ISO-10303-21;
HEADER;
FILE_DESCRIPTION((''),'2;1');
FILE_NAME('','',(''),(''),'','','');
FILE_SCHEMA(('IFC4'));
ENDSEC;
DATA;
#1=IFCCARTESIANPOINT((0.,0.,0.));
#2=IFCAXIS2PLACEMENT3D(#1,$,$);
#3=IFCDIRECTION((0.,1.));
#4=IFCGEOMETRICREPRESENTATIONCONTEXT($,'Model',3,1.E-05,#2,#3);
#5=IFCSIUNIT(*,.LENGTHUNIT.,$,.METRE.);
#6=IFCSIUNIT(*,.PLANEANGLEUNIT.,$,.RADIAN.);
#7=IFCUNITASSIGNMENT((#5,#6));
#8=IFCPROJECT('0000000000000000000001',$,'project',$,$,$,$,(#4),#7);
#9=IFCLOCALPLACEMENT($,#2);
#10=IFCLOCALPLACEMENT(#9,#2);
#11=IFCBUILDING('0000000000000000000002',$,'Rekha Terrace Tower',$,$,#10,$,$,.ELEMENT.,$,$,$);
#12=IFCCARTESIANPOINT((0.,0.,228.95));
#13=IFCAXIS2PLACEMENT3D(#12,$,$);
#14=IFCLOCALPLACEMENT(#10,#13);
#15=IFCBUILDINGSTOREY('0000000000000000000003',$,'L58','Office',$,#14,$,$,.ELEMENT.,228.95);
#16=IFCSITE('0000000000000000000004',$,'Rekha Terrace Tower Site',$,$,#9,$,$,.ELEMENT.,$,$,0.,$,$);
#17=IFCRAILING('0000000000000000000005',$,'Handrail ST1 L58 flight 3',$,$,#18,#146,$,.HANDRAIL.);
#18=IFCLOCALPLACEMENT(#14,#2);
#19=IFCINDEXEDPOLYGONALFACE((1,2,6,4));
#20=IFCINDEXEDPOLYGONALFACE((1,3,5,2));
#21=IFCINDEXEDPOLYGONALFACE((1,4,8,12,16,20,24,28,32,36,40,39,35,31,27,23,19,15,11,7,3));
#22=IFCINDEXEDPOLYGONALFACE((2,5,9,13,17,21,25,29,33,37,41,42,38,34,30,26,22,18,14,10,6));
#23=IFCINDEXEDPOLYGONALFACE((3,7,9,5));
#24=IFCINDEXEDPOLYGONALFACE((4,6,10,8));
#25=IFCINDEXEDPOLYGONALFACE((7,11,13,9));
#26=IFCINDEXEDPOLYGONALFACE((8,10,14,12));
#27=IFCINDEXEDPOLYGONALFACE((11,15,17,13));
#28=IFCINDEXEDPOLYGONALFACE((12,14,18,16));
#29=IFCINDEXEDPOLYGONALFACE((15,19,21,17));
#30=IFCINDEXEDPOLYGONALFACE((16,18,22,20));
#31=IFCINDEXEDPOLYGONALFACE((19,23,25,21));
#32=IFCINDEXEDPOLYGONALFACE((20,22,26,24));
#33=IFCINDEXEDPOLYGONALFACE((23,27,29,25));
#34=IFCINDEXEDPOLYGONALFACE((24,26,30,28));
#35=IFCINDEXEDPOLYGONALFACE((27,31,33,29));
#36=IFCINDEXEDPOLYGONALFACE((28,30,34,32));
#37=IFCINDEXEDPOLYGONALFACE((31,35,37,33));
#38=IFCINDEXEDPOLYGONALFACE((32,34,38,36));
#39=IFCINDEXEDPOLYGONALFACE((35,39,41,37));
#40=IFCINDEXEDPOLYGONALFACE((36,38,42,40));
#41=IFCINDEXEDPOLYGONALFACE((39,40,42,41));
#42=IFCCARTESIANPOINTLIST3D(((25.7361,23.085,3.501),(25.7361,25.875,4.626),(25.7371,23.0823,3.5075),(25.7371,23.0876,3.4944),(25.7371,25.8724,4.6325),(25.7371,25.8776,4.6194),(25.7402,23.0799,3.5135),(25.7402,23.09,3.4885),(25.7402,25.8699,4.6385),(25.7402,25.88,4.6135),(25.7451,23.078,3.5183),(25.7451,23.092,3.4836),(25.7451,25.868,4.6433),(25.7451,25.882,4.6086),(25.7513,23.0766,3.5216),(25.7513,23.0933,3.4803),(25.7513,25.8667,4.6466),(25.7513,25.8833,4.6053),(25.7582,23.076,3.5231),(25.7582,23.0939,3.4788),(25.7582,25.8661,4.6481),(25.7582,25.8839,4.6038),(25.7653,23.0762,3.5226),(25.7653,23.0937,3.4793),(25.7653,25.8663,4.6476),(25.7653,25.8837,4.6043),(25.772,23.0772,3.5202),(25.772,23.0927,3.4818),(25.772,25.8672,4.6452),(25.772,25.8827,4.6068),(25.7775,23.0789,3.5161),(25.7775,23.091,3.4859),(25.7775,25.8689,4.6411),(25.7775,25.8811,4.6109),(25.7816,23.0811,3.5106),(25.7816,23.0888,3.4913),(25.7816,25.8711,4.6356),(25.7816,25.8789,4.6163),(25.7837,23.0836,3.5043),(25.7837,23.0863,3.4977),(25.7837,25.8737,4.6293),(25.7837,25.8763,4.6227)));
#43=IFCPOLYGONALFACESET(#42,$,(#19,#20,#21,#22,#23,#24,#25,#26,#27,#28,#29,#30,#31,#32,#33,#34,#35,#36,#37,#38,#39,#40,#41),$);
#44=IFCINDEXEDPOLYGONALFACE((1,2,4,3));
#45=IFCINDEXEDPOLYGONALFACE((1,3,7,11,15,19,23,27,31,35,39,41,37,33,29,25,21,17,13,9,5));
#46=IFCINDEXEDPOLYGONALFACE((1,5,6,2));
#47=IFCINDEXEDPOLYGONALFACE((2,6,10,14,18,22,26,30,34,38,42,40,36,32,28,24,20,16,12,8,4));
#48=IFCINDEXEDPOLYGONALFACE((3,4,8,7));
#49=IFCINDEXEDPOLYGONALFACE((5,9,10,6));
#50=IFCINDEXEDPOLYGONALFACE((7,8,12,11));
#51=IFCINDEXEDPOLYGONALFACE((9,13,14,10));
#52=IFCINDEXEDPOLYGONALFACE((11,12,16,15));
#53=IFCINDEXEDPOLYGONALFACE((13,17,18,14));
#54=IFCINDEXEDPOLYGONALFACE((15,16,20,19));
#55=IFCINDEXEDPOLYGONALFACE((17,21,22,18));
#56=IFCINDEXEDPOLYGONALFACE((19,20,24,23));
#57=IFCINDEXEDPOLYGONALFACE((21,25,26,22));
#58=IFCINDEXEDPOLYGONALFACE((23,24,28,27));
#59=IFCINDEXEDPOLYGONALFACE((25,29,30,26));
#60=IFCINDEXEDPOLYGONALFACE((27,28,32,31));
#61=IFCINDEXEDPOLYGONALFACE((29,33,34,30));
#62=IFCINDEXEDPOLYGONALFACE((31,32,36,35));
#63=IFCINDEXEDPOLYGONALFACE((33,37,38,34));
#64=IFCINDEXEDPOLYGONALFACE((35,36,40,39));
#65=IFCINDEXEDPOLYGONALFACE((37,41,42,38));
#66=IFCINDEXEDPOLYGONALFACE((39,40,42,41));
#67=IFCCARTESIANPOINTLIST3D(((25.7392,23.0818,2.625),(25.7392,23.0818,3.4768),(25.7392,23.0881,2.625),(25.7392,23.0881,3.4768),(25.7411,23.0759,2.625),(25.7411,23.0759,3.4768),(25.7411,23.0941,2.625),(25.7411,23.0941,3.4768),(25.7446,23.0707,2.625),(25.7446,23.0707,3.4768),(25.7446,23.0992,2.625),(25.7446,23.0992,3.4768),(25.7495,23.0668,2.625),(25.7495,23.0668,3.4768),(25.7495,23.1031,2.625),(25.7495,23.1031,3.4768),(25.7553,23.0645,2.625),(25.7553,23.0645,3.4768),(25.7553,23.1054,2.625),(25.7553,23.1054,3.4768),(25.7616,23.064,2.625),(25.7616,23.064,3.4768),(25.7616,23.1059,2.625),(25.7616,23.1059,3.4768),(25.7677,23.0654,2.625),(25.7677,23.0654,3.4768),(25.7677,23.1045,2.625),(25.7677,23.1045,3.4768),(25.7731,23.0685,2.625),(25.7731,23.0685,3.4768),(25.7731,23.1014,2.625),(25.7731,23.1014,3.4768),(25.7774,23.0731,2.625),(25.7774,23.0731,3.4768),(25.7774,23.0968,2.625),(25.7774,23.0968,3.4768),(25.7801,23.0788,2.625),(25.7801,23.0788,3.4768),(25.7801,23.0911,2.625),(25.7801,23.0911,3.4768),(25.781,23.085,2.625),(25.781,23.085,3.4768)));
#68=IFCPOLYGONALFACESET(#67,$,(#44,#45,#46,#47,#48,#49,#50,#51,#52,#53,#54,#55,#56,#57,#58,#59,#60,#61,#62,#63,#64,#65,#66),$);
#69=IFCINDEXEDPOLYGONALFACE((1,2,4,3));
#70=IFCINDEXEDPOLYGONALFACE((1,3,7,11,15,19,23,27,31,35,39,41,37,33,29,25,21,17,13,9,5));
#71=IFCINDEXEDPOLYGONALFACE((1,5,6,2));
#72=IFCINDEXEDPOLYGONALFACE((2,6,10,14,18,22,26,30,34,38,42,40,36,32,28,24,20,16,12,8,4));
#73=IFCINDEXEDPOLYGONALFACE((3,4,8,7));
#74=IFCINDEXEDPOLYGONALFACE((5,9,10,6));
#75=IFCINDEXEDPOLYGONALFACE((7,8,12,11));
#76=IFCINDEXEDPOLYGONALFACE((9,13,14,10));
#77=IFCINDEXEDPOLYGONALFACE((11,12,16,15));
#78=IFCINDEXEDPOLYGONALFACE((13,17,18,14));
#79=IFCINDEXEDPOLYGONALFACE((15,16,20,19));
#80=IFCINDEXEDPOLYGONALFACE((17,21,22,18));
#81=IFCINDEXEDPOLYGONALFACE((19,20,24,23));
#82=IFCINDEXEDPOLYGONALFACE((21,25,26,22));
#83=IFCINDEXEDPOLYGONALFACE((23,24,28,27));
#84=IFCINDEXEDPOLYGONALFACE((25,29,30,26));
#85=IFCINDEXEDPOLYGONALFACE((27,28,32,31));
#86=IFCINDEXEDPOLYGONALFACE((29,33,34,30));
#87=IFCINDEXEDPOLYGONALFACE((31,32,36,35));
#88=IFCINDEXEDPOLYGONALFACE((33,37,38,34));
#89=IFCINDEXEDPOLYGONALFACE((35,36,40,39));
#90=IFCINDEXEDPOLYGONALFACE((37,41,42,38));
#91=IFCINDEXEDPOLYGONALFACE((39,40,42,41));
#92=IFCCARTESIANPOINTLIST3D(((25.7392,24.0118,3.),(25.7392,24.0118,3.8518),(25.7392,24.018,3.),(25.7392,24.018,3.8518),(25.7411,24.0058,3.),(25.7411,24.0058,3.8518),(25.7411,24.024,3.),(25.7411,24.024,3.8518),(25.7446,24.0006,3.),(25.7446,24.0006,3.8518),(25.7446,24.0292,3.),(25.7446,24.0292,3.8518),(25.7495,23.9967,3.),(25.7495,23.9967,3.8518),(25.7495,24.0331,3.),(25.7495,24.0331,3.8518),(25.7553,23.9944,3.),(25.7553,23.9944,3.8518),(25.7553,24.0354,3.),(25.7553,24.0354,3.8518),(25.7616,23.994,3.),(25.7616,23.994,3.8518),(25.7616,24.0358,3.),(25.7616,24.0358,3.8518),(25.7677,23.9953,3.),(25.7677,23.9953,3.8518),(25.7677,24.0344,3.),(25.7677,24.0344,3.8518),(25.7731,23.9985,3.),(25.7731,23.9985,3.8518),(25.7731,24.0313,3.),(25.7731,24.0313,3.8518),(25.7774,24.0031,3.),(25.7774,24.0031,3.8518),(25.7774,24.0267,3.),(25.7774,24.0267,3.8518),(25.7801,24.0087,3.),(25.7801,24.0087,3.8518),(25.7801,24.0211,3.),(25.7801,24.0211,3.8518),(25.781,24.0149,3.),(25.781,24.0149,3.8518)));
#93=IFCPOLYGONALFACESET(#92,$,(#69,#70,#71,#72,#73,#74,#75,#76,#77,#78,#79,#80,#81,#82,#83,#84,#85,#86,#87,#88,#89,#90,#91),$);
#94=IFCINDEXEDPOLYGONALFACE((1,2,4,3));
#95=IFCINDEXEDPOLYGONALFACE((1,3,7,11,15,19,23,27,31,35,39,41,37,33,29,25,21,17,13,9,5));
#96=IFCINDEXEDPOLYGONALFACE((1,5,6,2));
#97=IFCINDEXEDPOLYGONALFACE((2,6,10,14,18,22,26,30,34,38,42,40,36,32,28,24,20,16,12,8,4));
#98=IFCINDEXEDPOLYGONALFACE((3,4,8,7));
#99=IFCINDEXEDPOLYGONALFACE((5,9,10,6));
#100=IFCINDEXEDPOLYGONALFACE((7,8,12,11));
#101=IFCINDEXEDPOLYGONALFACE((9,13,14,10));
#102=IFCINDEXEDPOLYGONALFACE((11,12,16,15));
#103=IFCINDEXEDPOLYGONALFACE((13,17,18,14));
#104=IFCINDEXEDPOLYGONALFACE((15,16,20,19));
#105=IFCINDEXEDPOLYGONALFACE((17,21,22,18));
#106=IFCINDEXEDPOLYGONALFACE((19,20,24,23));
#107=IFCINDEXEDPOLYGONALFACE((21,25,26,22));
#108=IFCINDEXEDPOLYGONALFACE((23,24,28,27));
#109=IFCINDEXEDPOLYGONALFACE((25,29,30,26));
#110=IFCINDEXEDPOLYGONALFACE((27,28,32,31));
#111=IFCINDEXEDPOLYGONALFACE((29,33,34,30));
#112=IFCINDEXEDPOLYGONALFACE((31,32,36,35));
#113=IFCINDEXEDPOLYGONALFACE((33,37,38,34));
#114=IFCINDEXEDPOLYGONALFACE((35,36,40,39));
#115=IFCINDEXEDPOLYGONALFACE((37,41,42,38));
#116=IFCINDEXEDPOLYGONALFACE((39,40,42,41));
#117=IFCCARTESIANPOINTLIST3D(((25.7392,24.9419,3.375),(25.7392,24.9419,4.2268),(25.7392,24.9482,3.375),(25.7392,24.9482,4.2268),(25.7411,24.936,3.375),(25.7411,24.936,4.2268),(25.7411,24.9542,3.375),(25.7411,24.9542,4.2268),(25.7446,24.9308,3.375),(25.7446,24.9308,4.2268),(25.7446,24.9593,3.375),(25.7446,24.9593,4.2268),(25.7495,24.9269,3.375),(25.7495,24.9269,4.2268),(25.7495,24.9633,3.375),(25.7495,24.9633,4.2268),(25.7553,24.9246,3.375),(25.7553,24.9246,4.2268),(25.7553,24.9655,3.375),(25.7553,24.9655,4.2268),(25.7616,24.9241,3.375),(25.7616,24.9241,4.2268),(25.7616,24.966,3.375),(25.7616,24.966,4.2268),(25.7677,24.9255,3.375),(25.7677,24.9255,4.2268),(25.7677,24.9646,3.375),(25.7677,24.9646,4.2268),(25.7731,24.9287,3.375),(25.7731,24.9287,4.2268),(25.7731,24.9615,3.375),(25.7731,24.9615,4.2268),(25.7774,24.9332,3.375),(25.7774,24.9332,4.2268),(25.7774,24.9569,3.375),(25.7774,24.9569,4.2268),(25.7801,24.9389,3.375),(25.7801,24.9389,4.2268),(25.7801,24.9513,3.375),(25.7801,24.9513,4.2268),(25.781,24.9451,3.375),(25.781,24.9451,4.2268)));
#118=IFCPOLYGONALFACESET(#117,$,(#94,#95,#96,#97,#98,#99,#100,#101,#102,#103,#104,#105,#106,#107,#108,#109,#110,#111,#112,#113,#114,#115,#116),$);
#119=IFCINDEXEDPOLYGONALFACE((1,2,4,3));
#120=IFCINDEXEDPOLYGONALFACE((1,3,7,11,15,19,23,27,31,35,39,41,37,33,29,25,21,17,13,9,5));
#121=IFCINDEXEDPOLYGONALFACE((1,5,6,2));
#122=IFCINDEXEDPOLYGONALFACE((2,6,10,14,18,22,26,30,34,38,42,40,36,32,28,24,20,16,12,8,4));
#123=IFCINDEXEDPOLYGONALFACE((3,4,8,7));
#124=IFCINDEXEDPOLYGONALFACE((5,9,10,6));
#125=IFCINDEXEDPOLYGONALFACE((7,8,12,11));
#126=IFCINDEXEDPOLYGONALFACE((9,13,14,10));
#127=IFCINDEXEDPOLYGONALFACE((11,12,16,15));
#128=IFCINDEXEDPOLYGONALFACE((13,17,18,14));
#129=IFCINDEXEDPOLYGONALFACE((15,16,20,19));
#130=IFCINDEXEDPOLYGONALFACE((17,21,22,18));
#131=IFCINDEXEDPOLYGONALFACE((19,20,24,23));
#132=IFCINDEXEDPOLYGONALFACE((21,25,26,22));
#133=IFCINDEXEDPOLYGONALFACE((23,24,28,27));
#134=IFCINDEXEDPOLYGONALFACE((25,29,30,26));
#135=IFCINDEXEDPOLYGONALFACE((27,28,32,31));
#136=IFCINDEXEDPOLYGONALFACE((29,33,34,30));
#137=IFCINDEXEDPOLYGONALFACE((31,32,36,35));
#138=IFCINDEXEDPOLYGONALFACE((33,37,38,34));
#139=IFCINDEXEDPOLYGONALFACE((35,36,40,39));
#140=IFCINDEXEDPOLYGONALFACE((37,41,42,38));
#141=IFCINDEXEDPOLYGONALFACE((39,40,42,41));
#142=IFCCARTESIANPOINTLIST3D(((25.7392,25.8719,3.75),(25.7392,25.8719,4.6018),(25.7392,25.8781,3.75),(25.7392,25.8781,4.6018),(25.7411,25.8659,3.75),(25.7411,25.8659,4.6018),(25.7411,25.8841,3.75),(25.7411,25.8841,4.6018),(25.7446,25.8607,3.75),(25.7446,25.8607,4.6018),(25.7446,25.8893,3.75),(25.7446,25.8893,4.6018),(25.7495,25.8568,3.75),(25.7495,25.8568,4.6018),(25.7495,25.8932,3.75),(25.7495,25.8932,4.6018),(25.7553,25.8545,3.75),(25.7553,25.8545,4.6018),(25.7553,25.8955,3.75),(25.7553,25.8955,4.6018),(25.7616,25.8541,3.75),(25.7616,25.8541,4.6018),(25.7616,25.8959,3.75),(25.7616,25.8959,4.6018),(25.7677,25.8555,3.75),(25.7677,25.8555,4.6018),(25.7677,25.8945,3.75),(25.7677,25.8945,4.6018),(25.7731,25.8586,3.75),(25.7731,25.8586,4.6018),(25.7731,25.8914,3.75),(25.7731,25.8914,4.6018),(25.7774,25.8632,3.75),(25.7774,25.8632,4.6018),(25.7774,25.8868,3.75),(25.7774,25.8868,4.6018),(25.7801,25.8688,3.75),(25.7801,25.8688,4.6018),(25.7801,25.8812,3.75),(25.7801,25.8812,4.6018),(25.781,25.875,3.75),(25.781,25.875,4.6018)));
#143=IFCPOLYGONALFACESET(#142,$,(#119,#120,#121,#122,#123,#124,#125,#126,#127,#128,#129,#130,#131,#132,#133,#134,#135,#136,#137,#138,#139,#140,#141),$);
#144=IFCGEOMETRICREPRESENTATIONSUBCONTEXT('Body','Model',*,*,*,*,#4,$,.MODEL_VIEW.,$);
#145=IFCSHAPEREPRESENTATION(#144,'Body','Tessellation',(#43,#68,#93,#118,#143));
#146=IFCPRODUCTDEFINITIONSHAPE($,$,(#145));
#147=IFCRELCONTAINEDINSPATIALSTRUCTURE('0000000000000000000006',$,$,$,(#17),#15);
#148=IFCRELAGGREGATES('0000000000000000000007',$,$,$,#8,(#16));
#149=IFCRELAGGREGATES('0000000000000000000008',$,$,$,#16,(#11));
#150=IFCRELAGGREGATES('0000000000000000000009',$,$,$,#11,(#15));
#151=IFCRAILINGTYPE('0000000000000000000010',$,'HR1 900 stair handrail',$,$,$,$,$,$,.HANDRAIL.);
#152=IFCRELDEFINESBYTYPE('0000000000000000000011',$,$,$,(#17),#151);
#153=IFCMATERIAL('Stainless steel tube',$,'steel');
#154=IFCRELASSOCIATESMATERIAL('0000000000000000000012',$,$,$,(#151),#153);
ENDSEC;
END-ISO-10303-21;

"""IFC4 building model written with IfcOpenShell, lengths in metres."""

from ifc_helpers import new_model, si_unit, direction, frame, origin, origin_2d, place, context, subcontext, project, spatial, circle, extrude, material, type_object, element, save


model = new_model("IFC4")

# Units and contexts
model_context = context("Model", 3, precision=1e-05, world=origin(), true_north=direction((0.0, 1.0)))
body_context = subcontext(model_context, "Body", "Model", "MODEL_VIEW")
ifc_project = project(units=[si_unit("LENGTHUNIT", "METRE"), si_unit("PLANEANGLEUNIT", "RADIAN")], contexts=[model_context])

# Site, building, storey
site_placement = place(None, origin())
site = spatial("IfcSite", under=ifc_project, at=site_placement, Name="Rekha Terrace Tower Site", CompositionType="ELEMENT", RefElevation=0.0)
building_placement = place(site_placement, origin())
building = spatial("IfcBuilding", under=site, at=building_placement, Name="Rekha Terrace Tower", CompositionType="ELEMENT")
storey_placement = place(building_placement, frame((0.0, 0.0, 228.95)))
storey = spatial("IfcBuildingStorey", under=building, at=storey_placement, Name="L58", Description="Office", CompositionType="ELEMENT", Elevation=228.95)

# Railing
ifc_material_1 = material(Name="Stainless steel tube", Category="steel")
railing_type_1 = type_object("IfcRailingType", Name="HR1 900 stair handrail", PredefinedType="HANDRAIL", material=ifc_material_1)
railing_1_placement = place(storey_placement, frame((25.76, 23.085, 2.625)))
element("IfcRailing", 1, at=railing_1_placement, inside=storey, type_object=railing_type_1, Name="Handrail ST1 L58 flight 3", PredefinedType="HANDRAIL", context=body_context, shape_type="SweptSolid", body=[
    extrude(circle(Radius=0.0239, at=origin_2d()), frame((0.0, 0.0, 0.876), z_axis=(0.0, 0.927443, 0.373964), x_axis=(-1.0, 0.0, 0.0)), (0.0, 0.0, 1.0), 3.0083),
    extrude(circle(Radius=0.021, at=origin_2d()), origin(), (0.0, 0.0, 1.0), 0.8518),
    extrude(circle(Radius=0.021, at=origin_2d()), frame((0.0, 0.9299, 0.375)), (0.0, 0.0, 1.0), 0.8518),
    extrude(circle(Radius=0.021, at=origin_2d()), frame((0.0, 1.8601, 0.75)), (0.0, 0.0, 1.0), 0.8518),
    extrude(circle(Radius=0.021, at=origin_2d()), frame((0.0, 2.79, 1.125)), (0.0, 0.0, 1.0), 0.8518),
])

save(model, "model.ifc")
